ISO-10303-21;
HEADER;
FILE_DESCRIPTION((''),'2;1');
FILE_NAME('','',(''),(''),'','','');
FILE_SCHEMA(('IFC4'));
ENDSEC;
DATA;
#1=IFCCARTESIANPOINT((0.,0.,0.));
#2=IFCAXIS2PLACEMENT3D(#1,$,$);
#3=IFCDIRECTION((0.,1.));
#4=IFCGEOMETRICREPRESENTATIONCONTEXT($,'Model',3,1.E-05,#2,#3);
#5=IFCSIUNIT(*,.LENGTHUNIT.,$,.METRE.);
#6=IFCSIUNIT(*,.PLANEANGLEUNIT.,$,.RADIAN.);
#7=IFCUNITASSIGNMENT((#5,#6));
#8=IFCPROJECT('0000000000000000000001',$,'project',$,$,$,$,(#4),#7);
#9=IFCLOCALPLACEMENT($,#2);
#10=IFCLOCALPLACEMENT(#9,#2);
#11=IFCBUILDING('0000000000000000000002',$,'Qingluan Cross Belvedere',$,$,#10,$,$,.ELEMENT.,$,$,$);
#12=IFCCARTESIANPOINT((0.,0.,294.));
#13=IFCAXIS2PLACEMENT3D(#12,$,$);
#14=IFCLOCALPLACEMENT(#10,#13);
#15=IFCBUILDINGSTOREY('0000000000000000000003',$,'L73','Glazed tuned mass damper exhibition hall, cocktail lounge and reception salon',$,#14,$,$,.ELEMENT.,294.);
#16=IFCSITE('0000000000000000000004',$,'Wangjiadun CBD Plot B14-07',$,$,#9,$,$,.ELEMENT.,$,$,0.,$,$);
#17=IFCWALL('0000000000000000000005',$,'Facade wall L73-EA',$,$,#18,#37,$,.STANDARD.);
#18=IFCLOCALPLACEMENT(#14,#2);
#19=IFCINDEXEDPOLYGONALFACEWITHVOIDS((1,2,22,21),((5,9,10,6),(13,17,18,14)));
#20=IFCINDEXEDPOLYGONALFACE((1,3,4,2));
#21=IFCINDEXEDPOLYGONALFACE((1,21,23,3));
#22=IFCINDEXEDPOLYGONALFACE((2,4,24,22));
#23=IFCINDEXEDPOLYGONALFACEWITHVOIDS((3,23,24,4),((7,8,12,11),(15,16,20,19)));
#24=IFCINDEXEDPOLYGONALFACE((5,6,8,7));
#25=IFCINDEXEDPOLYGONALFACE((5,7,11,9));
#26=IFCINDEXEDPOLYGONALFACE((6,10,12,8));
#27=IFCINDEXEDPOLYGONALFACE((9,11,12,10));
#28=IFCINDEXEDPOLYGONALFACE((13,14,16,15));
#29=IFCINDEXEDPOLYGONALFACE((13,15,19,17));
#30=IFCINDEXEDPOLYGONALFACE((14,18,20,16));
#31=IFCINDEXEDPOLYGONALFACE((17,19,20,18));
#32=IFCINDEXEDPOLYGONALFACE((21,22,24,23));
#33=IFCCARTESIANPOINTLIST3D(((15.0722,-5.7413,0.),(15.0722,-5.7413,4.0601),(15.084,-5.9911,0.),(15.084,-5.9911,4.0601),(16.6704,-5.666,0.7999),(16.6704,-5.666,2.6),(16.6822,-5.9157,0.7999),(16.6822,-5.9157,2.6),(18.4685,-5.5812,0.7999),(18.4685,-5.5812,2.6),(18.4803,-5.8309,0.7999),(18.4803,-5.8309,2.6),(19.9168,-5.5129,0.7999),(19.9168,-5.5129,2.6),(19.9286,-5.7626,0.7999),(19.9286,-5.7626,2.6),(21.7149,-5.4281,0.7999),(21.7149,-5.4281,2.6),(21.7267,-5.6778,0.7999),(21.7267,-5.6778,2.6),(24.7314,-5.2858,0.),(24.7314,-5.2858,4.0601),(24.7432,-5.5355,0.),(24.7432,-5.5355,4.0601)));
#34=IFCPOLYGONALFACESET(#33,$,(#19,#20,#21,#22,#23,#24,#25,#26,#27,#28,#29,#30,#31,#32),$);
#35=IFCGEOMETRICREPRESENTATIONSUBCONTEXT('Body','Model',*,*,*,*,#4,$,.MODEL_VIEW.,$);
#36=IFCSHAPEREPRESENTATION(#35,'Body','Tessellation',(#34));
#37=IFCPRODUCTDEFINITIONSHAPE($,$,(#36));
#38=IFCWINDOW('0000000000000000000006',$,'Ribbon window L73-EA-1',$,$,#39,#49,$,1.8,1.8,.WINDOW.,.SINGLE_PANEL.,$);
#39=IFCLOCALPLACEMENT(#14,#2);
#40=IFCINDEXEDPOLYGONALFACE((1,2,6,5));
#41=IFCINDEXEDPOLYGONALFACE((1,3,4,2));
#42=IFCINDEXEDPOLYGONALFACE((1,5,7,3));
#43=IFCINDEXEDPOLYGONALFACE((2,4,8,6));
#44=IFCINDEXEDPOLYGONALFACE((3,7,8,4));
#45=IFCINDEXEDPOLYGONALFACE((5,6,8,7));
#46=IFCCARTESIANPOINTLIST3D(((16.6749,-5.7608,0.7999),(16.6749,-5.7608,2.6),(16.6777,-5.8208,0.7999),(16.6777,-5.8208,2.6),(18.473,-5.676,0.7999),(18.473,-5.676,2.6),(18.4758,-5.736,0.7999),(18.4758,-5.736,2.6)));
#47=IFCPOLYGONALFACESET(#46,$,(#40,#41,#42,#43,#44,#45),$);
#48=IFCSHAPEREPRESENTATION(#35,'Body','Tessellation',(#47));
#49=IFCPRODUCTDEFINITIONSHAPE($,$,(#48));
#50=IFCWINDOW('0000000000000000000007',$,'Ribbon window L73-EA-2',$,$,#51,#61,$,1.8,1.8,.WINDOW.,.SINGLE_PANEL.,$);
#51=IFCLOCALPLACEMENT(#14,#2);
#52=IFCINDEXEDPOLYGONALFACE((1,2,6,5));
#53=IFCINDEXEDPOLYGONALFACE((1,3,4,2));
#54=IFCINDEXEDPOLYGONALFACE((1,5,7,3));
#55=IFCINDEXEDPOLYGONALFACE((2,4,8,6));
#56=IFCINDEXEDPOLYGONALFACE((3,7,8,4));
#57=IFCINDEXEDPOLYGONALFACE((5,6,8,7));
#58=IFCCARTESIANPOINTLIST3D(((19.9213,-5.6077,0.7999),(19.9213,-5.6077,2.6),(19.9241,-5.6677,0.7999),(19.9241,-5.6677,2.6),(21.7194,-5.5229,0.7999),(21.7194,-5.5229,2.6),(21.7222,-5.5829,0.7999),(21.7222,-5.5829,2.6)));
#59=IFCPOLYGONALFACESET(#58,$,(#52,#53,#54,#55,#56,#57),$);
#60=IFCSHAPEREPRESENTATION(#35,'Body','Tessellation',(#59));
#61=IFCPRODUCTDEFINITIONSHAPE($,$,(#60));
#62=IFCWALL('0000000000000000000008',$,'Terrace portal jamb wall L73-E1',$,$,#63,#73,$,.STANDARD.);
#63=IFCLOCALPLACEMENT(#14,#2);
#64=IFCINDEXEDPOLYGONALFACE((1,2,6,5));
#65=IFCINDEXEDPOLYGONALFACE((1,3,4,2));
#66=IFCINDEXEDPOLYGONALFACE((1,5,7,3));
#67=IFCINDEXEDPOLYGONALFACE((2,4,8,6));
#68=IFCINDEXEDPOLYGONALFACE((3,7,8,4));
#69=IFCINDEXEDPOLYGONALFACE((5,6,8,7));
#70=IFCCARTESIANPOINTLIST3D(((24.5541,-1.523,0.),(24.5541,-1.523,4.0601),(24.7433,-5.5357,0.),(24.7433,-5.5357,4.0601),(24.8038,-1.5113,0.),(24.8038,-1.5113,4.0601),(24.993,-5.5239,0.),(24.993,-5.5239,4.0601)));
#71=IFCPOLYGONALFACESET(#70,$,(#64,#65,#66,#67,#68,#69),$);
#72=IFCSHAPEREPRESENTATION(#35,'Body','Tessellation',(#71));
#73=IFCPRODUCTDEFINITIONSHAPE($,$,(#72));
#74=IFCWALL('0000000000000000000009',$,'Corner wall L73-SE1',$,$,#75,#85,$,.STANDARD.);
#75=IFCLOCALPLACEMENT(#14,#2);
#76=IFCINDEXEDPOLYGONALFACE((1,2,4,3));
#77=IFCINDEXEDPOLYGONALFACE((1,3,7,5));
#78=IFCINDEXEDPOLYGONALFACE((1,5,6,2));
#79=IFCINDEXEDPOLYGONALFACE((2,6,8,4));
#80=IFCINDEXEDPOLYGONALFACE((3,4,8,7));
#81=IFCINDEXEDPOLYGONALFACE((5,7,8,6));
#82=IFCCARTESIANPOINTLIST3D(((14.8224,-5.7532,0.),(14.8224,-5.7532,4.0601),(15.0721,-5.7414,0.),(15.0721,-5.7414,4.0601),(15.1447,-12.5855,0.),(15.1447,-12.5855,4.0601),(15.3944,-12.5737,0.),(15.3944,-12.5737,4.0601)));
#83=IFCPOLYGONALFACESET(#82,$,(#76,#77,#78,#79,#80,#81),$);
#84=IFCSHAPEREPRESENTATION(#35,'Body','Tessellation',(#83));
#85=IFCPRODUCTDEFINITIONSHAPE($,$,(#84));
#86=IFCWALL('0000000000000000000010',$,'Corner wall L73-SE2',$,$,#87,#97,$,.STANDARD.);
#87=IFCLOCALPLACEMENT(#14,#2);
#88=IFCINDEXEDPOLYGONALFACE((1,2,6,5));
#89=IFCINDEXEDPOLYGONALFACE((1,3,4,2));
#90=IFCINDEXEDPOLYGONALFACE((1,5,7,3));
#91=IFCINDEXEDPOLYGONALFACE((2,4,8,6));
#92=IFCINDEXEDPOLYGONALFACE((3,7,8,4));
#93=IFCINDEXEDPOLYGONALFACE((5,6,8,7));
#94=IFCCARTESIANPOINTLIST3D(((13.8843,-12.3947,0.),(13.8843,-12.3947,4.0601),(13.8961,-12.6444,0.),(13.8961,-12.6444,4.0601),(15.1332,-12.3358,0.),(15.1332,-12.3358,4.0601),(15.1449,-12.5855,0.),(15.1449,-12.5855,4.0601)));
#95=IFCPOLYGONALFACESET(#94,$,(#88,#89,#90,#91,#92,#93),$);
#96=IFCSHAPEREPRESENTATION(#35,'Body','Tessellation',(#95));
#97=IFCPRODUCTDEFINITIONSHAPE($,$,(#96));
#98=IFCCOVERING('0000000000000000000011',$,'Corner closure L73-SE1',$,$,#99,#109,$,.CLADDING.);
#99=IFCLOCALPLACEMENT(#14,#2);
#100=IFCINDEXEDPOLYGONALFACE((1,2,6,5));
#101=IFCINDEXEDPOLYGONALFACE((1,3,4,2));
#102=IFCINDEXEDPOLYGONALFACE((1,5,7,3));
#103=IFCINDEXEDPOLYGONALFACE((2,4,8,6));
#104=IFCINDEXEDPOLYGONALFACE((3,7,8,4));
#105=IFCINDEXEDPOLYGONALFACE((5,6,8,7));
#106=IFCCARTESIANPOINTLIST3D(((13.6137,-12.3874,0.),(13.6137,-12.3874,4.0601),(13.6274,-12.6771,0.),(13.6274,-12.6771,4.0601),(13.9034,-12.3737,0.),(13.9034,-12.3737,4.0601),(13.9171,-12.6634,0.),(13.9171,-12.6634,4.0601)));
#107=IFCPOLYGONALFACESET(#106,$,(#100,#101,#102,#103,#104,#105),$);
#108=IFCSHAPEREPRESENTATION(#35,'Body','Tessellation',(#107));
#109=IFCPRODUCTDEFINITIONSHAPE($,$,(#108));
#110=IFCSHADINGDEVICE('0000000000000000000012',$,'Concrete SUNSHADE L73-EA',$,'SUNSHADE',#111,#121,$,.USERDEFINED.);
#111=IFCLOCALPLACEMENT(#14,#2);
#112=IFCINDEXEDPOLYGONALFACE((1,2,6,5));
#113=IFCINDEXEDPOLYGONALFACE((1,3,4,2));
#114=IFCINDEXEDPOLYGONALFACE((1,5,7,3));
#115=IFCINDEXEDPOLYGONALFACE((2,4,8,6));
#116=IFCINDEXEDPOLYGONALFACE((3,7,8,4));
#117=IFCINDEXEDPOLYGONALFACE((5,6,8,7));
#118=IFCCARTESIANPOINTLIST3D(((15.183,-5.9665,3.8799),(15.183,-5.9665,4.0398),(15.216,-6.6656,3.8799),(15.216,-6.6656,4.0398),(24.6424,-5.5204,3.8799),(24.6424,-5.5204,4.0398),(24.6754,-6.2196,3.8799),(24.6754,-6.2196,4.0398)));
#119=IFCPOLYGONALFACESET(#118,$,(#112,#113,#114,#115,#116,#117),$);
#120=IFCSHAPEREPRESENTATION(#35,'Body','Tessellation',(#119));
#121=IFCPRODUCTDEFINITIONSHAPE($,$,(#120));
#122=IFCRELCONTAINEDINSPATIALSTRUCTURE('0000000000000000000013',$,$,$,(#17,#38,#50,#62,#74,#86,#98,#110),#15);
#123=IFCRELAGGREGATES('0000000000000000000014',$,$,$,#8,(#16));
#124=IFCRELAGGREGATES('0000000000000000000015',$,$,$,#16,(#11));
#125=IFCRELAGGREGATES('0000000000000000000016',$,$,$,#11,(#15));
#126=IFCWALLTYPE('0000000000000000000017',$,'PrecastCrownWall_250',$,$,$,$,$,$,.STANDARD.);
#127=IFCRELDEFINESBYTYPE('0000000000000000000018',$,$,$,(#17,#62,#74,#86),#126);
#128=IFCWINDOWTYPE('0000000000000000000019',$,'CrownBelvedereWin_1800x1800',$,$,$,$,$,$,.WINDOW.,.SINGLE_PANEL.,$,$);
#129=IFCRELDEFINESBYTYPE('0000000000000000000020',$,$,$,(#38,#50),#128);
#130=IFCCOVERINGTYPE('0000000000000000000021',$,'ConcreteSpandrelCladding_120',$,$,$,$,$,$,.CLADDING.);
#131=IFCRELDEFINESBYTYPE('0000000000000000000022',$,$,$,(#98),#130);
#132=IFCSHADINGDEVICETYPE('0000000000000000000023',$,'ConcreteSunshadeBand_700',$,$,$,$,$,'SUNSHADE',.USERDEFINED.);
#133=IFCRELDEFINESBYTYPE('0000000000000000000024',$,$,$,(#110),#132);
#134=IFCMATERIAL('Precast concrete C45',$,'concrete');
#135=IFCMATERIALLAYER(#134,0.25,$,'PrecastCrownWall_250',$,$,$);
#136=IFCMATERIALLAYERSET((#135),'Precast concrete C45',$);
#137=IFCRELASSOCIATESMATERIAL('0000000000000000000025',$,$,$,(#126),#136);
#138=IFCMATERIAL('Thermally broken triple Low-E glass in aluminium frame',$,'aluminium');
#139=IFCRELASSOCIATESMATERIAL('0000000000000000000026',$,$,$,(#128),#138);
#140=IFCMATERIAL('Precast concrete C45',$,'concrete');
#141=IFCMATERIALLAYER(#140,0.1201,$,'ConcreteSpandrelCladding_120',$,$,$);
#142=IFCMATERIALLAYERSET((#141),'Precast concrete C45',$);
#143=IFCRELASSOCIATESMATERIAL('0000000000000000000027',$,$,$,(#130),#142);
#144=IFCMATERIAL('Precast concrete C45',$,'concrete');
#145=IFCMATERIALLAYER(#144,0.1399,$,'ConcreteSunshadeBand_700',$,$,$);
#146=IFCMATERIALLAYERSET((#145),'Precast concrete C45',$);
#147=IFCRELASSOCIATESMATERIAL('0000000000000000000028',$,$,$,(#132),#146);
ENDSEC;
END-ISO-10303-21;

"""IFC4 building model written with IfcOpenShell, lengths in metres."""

from ifc_helpers import new_model, si_unit, direction, frame, frame_2d, origin, origin_2d, place, context, subcontext, project, spatial, rectangle, extrude, material, layer, layer_set, type_object, element, fill, save


model = new_model("IFC4")

# Units and contexts
model_context = context("Model", 3, precision=1e-05, world=origin(), true_north=direction((0.0, 1.0)))
body_context = subcontext(model_context, "Body", "Model", "MODEL_VIEW")
ifc_project = project(units=[si_unit("LENGTHUNIT", "METRE"), si_unit("PLANEANGLEUNIT", "RADIAN")], contexts=[model_context])

# Site, building, storey
site_placement = place(None, origin())
site = spatial("IfcSite", under=ifc_project, at=site_placement, Name="Wangjiadun CBD Plot B14-07", CompositionType="ELEMENT", RefElevation=0.0)
building_placement = place(site_placement, origin())
building = spatial("IfcBuilding", under=site, at=building_placement, Name="Qingluan Cross Belvedere", CompositionType="ELEMENT")
storey_placement = place(building_placement, frame((0.0, 0.0, 294.0)))
storey = spatial("IfcBuildingStorey", under=building, at=storey_placement, Name="L73", Description="Glazed tuned mass damper exhibition hall, cocktail lounge and reception salon", CompositionType="ELEMENT", Elevation=294.0)

# Wall, openings, windows
ifc_material_1 = material(Name="Precast concrete C45", Category="concrete")
ifc_layer_1 = layer(ifc_material_1, 0.25, Name="PrecastCrownWall_250")
ifc_layer_set_1 = layer_set([ifc_layer_1], Name="Precast concrete C45")
wall_type_1 = type_object("IfcWallType", Name="PrecastCrownWall_250", PredefinedType="STANDARD", material=ifc_layer_set_1)
wall_1_placement = place(storey_placement, frame((15.0781, -5.8662, 0.0), z_axis=(0.0, 0.0, 1.0), x_axis=(0.99889, 0.047112, 0.0)))
wall_1 = element("IfcWall", 1, at=wall_1_placement, inside=storey, type_object=wall_type_1, Name="Facade wall L73-EA", PredefinedType="STANDARD", context=body_context, shape_type="SweptSolid", body=[
    extrude(rectangle(XDim=9.6699, YDim=0.25, at=frame_2d((4.835, 0.0))), origin(), (0.0, 0.0, 1.0), 4.0601),
])
opening_1_placement = place(wall_1_placement, frame((1.6001, 0.0, 0.8)))
opening_1 = element("IfcOpeningElement", 2, at=opening_1_placement, cuts=wall_1, PredefinedType="OPENING", context=body_context, shape_type="SweptSolid", body=[
    extrude(rectangle(XDim=1.8, YDim=1.8, at=frame_2d((0.8999, 0.8999))), frame((0.0, 0.135, 0.0), z_axis=(0.0, -1.0, 0.0), x_axis=(1.0, 0.0, 0.0)), (0.0, 0.0, 1.0), 0.27),
])
opening_2_placement = place(wall_1_placement, frame((4.8501, 0.0, 0.8)))
opening_2 = element("IfcOpeningElement", 3, at=opening_2_placement, cuts=wall_1, PredefinedType="OPENING", context=body_context, shape_type="SweptSolid", body=[
    extrude(rectangle(XDim=1.8, YDim=1.8, at=frame_2d((0.8999, 0.8999))), frame((0.0, 0.135, 0.0), z_axis=(0.0, -1.0, 0.0), x_axis=(1.0, 0.0, 0.0)), (0.0, 0.0, 1.0), 0.27),
])
ifc_material_2 = material(Name="Thermally broken triple Low-E glass in aluminium frame", Category="aluminium")
window_type = type_object("IfcWindowType", Name="CrownBelvedereWin_1800x1800", PartitioningType="SINGLE_PANEL", PredefinedType="WINDOW", material=ifc_material_2)
window_1_placement = place(opening_1_placement, origin())
window_1 = element("IfcWindow", 4, at=window_1_placement, inside=storey, type_object=window_type, Name="Ribbon window L73-EA-1", OverallHeight=1.8, OverallWidth=1.8, PartitioningType="SINGLE_PANEL", PredefinedType="WINDOW", context=body_context, shape_type="SweptSolid", body=[
    extrude(rectangle(XDim=1.8, YDim=1.8, at=frame_2d((0.8999, 0.8999))), frame((0.0, 0.03, 0.0), z_axis=(0.0, -1.0, 0.0), x_axis=(1.0, 0.0, 0.0)), (0.0, 0.0, 1.0), 0.0601),
])
fill(opening_1, window_1)
window_2_placement = place(opening_2_placement, origin())
window_2 = element("IfcWindow", 5, at=window_2_placement, inside=storey, type_object=window_type, Name="Ribbon window L73-EA-2", OverallHeight=1.8, OverallWidth=1.8, PartitioningType="SINGLE_PANEL", PredefinedType="WINDOW", context=body_context, shape_type="SweptSolid", body=[
    extrude(rectangle(XDim=1.8, YDim=1.8, at=frame_2d((0.8999, 0.8999))), frame((0.0, 0.03, 0.0), z_axis=(0.0, -1.0, 0.0), x_axis=(1.0, 0.0, 0.0)), (0.0, 0.0, 1.0), 0.0601),
])
fill(opening_2, window_2)

# Walls
wall_2_placement = place(storey_placement, frame((24.8682, -5.5298, 0.0), z_axis=(0.0, 0.0, 1.0), x_axis=(-0.0471, 0.99889, 0.0)))
element("IfcWall", 6, at=wall_2_placement, inside=storey, type_object=wall_type_1, Name="Terrace portal jamb wall L73-E1", PredefinedType="STANDARD", context=body_context, shape_type="SweptSolid", body=[
    extrude(rectangle(XDim=4.0171, YDim=0.25, at=frame_2d((2.0085, 0.0))), origin(), (0.0, 0.0, 1.0), 4.0601),
])
wall_3_placement = place(storey_placement, frame((14.9473, -5.7473, 0.0), z_axis=(0.0, 0.0, 1.0), x_axis=(0.047116, -0.998889, 0.0)))
element("IfcWall", 7, at=wall_3_placement, inside=storey, type_object=wall_type_1, Name="Corner wall L73-SE1", PredefinedType="STANDARD", context=body_context, shape_type="SweptSolid", body=[
    extrude(rectangle(XDim=6.8398, YDim=0.25, at=frame_2d((3.4199, 0.0))), origin(), (0.0, 0.0, 1.0), 4.0601),
])
wall_4_placement = place(storey_placement, frame((15.1389, -12.4607, 0.0), z_axis=(0.0, 0.0, 1.0), x_axis=(-0.998892, -0.047064, 0.0)))
element("IfcWall", 8, at=wall_4_placement, inside=storey, type_object=wall_type_1, Name="Corner wall L73-SE2", PredefinedType="STANDARD", context=body_context, shape_type="SweptSolid", body=[
    extrude(rectangle(XDim=1.2502, YDim=0.25, at=frame_2d((0.625, 0.0))), origin(), (0.0, 0.0, 1.0), 4.0601),
])

# Covering
ifc_material_3 = material(Name="Precast concrete C45", Category="concrete")
ifc_layer_2 = layer(ifc_material_3, 0.1201, Name="ConcreteSpandrelCladding_120")
ifc_layer_set_2 = layer_set([ifc_layer_2], Name="Precast concrete C45")
covering_type = type_object("IfcCoveringType", Name="ConcreteSpandrelCladding_120", PredefinedType="CLADDING", material=ifc_layer_set_2)
covering_placement = place(storey_placement, frame((13.7654, -12.5254, 0.0), z_axis=(0.0, 0.0, 1.0), x_axis=(0.99889, 0.047106, 0.0)))
element("IfcCovering", 9, at=covering_placement, inside=storey, type_object=covering_type, Name="Corner closure L73-SE1", PredefinedType="CLADDING", context=body_context, shape_type="SweptSolid", body=[
    extrude(rectangle(XDim=0.29, YDim=0.29, at=origin_2d()), origin(), (0.0, 0.0, 1.0), 4.0601),
])

# Shading device
ifc_material_4 = material(Name="Precast concrete C45", Category="concrete")
ifc_layer_3 = layer(ifc_material_4, 0.1399, Name="ConcreteSunshadeBand_700")
ifc_layer_set_3 = layer_set([ifc_layer_3], Name="Precast concrete C45")
shading_device_type = type_object("IfcShadingDeviceType", Name="ConcreteSunshadeBand_700", ElementType="SUNSHADE", PredefinedType="USERDEFINED", material=ifc_layer_set_3)
shading_device_placement = place(storey_placement, frame((19.9292, -6.093, 3.8799), z_axis=(0.0, 0.0, 1.0), x_axis=(0.99889, 0.047105, 0.0)))
element("IfcShadingDevice", 10, at=shading_device_placement, inside=storey, type_object=shading_device_type, Name="Concrete SUNSHADE L73-EA", ObjectType="SUNSHADE", PredefinedType="USERDEFINED", context=body_context, shape_type="SweptSolid", body=[
    extrude(rectangle(XDim=9.47, YDim=0.7, at=origin_2d()), origin(), (0.0, 0.0, 1.0), 0.1599),
])

save(model, "model.ifc")
